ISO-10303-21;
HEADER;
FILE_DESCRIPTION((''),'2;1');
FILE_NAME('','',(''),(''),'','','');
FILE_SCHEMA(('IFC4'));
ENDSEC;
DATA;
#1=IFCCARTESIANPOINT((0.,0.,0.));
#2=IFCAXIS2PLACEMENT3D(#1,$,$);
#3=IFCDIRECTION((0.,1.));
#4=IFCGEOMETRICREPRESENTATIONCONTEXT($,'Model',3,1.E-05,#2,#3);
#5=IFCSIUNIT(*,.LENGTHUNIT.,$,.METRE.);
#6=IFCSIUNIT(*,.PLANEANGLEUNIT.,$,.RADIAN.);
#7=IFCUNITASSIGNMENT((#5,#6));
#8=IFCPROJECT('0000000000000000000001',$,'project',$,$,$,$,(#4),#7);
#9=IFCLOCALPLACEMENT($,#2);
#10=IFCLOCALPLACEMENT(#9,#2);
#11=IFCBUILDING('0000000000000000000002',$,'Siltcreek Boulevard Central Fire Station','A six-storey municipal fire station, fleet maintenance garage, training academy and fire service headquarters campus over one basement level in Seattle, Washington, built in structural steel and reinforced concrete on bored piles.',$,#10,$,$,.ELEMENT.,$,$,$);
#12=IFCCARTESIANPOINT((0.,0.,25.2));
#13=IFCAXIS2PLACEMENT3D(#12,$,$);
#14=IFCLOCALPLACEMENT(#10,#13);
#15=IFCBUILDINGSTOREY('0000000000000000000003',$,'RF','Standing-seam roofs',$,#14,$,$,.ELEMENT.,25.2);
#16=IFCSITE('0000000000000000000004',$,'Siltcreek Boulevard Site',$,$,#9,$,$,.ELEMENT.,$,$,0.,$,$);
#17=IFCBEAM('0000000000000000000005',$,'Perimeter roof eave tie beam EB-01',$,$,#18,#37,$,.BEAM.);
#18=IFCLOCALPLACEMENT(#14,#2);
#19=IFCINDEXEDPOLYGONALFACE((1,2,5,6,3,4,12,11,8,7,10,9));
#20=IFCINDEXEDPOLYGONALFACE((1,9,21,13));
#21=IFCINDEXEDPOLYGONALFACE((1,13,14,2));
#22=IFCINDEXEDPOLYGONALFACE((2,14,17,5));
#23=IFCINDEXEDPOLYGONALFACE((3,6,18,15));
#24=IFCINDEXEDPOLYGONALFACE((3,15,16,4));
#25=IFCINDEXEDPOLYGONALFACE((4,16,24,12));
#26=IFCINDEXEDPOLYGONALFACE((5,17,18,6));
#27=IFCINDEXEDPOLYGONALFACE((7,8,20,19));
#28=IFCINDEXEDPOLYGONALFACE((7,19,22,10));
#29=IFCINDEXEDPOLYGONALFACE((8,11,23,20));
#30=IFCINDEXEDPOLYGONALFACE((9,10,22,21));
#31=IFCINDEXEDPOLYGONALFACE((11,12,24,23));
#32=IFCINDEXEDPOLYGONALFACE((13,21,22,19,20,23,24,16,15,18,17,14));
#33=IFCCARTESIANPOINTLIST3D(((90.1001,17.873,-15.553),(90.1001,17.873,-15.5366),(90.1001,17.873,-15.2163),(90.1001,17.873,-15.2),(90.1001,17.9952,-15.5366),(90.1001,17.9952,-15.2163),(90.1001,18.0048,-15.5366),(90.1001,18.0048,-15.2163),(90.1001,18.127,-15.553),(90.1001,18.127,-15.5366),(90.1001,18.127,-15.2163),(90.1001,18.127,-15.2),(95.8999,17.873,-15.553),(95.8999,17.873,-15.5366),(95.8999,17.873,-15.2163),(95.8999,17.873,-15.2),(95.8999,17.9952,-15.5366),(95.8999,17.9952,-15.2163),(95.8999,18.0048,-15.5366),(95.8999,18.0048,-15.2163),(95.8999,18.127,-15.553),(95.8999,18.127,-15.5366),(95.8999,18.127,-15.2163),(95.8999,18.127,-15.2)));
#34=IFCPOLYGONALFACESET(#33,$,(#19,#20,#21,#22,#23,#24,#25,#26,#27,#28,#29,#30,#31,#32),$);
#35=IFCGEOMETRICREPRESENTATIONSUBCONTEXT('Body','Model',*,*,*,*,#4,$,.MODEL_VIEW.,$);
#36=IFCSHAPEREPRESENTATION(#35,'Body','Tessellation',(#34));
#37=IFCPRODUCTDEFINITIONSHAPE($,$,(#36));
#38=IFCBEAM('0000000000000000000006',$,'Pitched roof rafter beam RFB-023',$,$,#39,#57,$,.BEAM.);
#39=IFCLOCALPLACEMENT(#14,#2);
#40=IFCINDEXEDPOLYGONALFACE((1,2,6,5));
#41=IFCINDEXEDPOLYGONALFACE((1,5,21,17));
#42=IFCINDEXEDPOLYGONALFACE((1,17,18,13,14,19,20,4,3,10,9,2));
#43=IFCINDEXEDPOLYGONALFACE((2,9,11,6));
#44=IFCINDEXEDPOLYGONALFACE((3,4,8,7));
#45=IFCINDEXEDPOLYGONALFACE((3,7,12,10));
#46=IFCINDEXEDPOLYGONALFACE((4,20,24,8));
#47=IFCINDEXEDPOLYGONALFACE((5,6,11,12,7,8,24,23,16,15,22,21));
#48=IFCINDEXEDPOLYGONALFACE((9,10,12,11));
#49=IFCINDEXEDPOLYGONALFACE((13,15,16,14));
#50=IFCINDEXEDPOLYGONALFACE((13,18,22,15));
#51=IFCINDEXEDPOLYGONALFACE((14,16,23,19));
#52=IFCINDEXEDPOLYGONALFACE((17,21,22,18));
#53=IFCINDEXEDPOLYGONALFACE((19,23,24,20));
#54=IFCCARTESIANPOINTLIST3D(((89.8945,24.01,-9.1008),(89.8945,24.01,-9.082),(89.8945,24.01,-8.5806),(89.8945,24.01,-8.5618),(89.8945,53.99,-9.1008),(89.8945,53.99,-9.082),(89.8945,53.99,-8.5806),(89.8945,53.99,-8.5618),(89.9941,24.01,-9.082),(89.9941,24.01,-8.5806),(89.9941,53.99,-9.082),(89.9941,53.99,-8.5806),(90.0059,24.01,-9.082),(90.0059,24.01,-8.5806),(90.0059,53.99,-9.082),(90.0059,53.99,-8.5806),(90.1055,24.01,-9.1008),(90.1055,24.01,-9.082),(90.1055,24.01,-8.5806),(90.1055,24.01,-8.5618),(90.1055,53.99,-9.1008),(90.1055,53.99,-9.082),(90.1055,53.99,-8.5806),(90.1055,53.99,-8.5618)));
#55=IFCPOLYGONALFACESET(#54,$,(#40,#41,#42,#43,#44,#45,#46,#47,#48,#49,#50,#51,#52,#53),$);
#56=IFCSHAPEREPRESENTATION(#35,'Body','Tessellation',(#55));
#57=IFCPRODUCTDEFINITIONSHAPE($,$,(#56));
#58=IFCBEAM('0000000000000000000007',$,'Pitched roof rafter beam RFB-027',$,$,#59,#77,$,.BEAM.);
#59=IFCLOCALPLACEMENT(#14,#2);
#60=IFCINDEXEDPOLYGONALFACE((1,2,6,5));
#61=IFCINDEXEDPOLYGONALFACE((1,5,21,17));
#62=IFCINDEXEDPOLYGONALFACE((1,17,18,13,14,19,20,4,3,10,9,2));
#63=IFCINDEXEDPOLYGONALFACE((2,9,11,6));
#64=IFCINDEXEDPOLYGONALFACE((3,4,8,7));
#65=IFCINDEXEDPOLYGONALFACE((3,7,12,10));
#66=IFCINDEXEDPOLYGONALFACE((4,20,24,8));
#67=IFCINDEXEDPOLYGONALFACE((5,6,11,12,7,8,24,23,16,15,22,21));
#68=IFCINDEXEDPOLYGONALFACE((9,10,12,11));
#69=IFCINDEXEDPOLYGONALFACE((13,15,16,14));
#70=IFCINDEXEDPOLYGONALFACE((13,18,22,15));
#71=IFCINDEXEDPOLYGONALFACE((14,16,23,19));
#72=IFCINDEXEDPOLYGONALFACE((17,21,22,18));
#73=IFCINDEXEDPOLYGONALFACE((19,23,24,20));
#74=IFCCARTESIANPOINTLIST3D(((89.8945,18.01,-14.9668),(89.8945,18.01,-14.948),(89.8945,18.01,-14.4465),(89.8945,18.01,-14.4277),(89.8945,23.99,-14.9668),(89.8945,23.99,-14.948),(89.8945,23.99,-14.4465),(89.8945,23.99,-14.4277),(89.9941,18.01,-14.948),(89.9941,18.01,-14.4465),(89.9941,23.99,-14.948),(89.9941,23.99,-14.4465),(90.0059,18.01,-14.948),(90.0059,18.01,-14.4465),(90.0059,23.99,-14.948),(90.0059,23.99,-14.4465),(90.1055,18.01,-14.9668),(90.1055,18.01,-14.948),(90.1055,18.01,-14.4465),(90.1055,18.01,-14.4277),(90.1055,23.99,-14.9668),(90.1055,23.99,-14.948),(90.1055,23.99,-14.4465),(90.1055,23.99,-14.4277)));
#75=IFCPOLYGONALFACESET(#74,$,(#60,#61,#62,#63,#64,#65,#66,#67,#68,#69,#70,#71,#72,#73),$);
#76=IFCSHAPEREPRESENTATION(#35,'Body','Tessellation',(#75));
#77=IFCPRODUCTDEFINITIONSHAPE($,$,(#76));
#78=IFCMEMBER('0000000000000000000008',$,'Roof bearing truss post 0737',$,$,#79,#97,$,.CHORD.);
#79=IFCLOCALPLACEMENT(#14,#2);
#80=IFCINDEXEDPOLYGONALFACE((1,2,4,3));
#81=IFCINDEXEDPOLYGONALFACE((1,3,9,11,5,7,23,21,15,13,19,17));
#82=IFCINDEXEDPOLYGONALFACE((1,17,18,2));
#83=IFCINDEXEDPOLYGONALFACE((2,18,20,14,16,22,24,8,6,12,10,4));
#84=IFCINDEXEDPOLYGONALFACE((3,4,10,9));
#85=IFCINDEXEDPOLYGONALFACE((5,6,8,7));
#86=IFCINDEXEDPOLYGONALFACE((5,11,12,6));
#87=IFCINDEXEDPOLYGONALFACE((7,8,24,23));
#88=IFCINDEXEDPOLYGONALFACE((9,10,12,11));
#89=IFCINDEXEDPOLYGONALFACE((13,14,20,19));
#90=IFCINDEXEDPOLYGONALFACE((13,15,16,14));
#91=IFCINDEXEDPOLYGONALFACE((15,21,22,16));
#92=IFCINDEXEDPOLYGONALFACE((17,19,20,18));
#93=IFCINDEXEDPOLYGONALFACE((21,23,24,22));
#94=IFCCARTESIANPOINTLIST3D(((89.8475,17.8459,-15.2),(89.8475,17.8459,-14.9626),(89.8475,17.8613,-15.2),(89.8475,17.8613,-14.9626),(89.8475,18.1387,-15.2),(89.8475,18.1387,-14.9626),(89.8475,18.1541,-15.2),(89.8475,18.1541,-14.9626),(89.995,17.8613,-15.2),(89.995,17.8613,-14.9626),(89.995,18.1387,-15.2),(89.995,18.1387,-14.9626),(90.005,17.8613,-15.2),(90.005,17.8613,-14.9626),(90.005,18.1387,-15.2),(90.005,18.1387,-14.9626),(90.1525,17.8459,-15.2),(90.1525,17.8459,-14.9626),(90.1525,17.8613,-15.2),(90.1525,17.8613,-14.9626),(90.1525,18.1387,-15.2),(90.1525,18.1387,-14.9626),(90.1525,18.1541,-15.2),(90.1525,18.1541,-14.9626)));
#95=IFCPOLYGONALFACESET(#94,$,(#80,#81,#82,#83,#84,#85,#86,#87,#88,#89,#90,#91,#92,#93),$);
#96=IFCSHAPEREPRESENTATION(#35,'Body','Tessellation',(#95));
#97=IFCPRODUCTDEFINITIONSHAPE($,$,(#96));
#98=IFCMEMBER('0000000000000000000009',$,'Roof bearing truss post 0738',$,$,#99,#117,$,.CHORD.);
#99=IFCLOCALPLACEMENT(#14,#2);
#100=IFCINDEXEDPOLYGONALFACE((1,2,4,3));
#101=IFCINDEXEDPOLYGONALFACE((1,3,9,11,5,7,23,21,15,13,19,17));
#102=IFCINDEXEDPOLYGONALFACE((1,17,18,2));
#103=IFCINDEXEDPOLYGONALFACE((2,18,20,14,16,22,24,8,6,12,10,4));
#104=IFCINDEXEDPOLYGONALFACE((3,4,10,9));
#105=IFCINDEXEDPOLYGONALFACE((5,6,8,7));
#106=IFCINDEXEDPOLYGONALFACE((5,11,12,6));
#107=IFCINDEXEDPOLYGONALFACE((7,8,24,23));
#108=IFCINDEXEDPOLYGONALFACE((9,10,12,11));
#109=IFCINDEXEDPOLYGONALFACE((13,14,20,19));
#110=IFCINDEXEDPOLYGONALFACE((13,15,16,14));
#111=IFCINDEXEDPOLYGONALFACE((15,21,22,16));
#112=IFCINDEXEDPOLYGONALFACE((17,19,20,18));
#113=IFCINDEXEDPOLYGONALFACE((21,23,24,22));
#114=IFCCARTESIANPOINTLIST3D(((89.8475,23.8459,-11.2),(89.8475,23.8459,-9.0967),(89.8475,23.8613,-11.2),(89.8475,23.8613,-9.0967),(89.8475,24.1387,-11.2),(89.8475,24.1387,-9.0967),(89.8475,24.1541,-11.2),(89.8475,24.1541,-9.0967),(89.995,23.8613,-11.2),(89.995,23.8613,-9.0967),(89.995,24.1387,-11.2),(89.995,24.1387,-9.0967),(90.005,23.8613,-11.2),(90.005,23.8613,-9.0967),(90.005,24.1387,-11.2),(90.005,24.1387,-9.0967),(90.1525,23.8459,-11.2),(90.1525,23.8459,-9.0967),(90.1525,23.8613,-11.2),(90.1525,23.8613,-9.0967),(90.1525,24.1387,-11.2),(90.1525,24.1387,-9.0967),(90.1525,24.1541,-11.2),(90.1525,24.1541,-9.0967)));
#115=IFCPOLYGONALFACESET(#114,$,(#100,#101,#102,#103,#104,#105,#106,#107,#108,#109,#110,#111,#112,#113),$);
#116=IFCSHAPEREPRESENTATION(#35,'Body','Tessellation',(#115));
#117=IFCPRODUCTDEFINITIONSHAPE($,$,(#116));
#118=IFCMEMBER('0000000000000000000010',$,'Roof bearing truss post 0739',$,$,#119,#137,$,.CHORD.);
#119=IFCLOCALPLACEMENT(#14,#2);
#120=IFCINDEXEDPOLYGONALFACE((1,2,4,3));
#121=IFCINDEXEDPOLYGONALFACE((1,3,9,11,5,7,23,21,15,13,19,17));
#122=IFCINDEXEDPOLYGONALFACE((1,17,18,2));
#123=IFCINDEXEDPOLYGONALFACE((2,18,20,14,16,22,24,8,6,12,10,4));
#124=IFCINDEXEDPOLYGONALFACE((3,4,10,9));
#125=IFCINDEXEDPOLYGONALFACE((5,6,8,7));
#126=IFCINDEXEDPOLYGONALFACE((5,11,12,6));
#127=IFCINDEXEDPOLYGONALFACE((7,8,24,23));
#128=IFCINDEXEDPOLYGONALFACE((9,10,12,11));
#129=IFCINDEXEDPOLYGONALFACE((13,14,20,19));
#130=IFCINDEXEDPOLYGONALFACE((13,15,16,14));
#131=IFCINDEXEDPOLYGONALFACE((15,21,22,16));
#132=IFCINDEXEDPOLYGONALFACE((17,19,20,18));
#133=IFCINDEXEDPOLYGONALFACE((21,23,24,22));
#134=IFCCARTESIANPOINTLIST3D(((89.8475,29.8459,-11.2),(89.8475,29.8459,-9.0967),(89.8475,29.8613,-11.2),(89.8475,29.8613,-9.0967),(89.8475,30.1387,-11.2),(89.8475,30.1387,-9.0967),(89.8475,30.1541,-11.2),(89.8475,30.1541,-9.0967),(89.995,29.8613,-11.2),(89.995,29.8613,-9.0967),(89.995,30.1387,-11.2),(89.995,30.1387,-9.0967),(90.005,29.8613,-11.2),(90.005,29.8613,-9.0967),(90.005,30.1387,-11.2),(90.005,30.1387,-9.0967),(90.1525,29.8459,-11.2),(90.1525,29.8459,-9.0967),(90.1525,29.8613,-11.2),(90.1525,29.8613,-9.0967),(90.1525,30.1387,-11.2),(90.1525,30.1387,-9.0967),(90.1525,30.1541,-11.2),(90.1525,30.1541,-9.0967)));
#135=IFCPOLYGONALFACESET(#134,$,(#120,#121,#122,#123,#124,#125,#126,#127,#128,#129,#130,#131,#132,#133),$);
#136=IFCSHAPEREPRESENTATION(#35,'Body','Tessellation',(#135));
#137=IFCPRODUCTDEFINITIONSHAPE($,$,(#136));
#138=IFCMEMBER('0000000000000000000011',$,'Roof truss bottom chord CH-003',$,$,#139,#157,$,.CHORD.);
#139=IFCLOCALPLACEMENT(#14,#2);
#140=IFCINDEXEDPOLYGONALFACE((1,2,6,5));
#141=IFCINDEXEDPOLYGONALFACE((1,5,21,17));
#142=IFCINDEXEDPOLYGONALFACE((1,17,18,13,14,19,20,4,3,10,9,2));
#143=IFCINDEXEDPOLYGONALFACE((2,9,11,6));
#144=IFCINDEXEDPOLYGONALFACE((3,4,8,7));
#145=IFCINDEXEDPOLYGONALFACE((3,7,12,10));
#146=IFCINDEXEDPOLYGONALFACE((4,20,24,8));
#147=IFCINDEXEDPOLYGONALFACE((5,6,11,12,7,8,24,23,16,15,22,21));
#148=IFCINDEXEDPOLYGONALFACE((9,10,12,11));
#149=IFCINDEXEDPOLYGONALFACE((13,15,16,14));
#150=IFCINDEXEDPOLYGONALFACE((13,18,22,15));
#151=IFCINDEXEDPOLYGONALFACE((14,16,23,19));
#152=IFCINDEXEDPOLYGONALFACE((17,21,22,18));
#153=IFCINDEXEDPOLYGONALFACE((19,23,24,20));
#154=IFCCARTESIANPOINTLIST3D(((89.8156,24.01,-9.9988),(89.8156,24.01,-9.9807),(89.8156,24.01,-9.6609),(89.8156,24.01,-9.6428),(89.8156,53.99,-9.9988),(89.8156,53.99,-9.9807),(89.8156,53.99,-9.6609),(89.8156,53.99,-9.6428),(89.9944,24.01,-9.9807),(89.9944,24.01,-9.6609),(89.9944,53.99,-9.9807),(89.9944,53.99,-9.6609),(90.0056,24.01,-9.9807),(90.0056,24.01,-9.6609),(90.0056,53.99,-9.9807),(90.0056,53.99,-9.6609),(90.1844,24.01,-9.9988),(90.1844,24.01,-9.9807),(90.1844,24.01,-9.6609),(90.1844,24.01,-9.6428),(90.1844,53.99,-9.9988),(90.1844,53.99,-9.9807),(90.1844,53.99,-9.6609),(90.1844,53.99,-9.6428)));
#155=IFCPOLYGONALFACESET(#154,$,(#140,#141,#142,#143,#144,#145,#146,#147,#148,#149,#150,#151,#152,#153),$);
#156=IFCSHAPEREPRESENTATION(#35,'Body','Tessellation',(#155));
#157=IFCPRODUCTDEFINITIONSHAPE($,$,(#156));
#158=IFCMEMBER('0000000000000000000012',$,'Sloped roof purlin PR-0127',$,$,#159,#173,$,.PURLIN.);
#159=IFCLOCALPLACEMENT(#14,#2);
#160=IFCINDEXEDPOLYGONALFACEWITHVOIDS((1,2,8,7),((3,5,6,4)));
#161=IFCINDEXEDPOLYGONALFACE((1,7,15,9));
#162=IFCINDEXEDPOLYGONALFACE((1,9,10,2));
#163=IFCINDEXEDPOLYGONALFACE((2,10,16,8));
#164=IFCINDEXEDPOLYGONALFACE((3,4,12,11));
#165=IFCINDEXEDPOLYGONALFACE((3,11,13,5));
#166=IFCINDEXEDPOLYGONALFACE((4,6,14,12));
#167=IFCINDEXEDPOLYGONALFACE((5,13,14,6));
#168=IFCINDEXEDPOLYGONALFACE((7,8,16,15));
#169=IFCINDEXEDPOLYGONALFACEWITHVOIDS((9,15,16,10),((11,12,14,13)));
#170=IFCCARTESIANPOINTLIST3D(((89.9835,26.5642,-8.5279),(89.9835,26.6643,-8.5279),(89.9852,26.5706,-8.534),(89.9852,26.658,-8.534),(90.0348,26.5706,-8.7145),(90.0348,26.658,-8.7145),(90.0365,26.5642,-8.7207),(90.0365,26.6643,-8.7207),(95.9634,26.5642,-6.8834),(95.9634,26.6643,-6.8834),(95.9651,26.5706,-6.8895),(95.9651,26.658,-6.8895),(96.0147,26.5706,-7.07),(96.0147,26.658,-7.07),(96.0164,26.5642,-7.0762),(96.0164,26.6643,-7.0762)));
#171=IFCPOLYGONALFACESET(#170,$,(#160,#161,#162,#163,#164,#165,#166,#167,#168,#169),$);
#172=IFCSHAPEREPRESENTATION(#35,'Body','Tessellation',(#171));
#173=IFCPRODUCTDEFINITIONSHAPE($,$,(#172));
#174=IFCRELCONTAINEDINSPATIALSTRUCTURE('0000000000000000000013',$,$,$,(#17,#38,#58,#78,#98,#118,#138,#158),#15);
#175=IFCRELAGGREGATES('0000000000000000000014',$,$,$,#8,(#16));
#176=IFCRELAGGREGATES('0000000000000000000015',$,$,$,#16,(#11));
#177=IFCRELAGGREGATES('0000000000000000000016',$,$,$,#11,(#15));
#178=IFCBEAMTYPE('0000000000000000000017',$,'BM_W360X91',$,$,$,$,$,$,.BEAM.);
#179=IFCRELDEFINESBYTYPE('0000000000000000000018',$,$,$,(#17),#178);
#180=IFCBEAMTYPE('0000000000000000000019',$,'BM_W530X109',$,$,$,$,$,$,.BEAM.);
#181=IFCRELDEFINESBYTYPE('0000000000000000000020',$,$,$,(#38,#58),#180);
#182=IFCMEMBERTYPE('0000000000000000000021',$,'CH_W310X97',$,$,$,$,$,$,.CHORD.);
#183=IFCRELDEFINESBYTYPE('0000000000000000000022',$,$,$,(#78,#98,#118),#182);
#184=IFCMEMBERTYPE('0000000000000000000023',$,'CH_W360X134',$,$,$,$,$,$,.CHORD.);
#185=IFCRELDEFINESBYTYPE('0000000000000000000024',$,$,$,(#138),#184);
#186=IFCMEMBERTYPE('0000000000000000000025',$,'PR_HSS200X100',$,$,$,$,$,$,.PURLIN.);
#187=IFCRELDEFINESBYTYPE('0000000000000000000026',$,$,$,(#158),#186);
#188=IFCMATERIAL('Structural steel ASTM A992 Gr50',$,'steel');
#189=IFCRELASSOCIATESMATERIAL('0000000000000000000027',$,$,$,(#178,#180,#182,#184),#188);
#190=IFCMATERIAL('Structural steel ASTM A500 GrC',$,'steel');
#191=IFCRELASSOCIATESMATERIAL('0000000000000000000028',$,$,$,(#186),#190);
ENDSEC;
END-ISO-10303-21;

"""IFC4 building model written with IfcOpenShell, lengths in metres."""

from ifc_helpers import new_model, si_unit, direction, frame, origin, origin_2d, place, context, subcontext, project, spatial, hollow_rectangle, i_section, extrude, material, material_profile, profile_set, type_object, element, save


model = new_model("IFC4")

# Units and contexts
model_context = context("Model", 3, precision=1e-05, world=origin(), true_north=direction((0.0, 1.0)))
body_context = subcontext(model_context, "Body", "Model", "MODEL_VIEW")
ifc_project = project(units=[si_unit("LENGTHUNIT", "METRE"), si_unit("PLANEANGLEUNIT", "RADIAN")], contexts=[model_context])

# Site, building, storey
site_placement = place(None, origin())
site = spatial("IfcSite", under=ifc_project, at=site_placement, Name="Siltcreek Boulevard Site", CompositionType="ELEMENT", RefElevation=0.0)
building_placement = place(site_placement, origin())
building = spatial("IfcBuilding", under=site, at=building_placement, Name="Siltcreek Boulevard Central Fire Station", Description="A six-storey municipal fire station, fleet maintenance garage, training academy and fire service headquarters campus over one basement level in Seattle, Washington, built in structural steel and reinforced concrete on bored piles.", CompositionType="ELEMENT")
storey_placement = place(building_placement, frame((0.0, 0.0, 25.2)))
storey = spatial("IfcBuildingStorey", under=building, at=storey_placement, Name="RF", Description="Standing-seam roofs", CompositionType="ELEMENT", Elevation=25.2)

# Beams
ifc_material_1 = material(Name="Structural steel ASTM A992 Gr50", Category="steel")
ifc_material_profile_1 = material_profile(ifc_material_1, i_section(OverallWidth=0.2539, OverallDepth=0.353, WebThickness=0.0095, FlangeThickness=0.0164, at=origin_2d()), Name="W360X91")
ifc_profile_set_1 = profile_set([ifc_material_profile_1], Name="Structural steel ASTM A992 Gr50")
beam_type_1 = type_object("IfcBeamType", Name="BM_W360X91", PredefinedType="BEAM", material=ifc_profile_set_1)
beam_1_placement = place(storey_placement, frame((90.1001, 18.0, -15.3765), z_axis=(1.0, 0.0, 0.0), x_axis=(0.0, 1.0, 0.0)))
element("IfcBeam", 1, at=beam_1_placement, inside=storey, type_object=beam_type_1, Name="Perimeter roof eave tie beam EB-01", PredefinedType="BEAM", context=body_context, shape_type="SweptSolid", body=[
    extrude(i_section(OverallWidth=0.2539, OverallDepth=0.353, WebThickness=0.0095, FlangeThickness=0.0164, at=origin_2d()), origin(), (0.0, 0.0, 1.0), 5.7998),
])
ifc_material_profile_2 = material_profile(ifc_material_1, i_section(OverallWidth=0.2109, OverallDepth=0.5391, WebThickness=0.0117, FlangeThickness=0.0188, at=origin_2d()), Name="W530X109")
ifc_profile_set_2 = profile_set([ifc_material_profile_2], Name="Structural steel ASTM A992 Gr50")
beam_type_2 = type_object("IfcBeamType", Name="BM_W530X109", PredefinedType="BEAM", material=ifc_profile_set_2)
beam_2_placement = place(storey_placement, frame((90.0, 24.01, -8.8313), z_axis=(0.0, 1.0, 0.0), x_axis=(-1.0, 0.0, 0.0)))
element("IfcBeam", 2, at=beam_2_placement, inside=storey, type_object=beam_type_2, Name="Pitched roof rafter beam RFB-023", PredefinedType="BEAM", context=body_context, shape_type="SweptSolid", body=[
    extrude(i_section(OverallWidth=0.2109, OverallDepth=0.5391, WebThickness=0.0117, FlangeThickness=0.0188, at=origin_2d()), origin(), (0.0, 0.0, 1.0), 29.98),
])
beam_3_placement = place(storey_placement, frame((90.0, 18.01, -14.6973), z_axis=(0.0, 1.0, 0.0), x_axis=(-1.0, 0.0, 0.0)))
element("IfcBeam", 3, at=beam_3_placement, inside=storey, type_object=beam_type_2, Name="Pitched roof rafter beam RFB-027", PredefinedType="BEAM", context=body_context, shape_type="SweptSolid", body=[
    extrude(i_section(OverallWidth=0.2109, OverallDepth=0.5391, WebThickness=0.0117, FlangeThickness=0.0188, at=origin_2d()), origin(), (0.0, 0.0, 1.0), 5.98),
])

# Members
ifc_material_profile_3 = material_profile(ifc_material_1, i_section(OverallWidth=0.3049, OverallDepth=0.3081, WebThickness=0.01, FlangeThickness=0.0154, at=origin_2d()), Name="W310X97")
ifc_profile_set_3 = profile_set([ifc_material_profile_3], Name="Structural steel ASTM A992 Gr50")
member_type_1 = type_object("IfcMemberType", Name="CH_W310X97", PredefinedType="CHORD", material=ifc_profile_set_3)
member_1_placement = place(storey_placement, frame((90.0, 18.0, -15.2), z_axis=(0.0, 0.0, 1.0), x_axis=(1.0, 0.0, 0.0)))
element("IfcMember", 4, at=member_1_placement, inside=storey, type_object=member_type_1, Name="Roof bearing truss post 0737", PredefinedType="CHORD", context=body_context, shape_type="SweptSolid", body=[
    extrude(i_section(OverallWidth=0.3049, OverallDepth=0.3081, WebThickness=0.01, FlangeThickness=0.0154, at=origin_2d()), origin(), (0.0, 0.0, 1.0), 0.2373),
])
for number, where, z_axis, x_axis, name in (
    (5, (90.0, 24.0, -11.2), (0.0, 0.0, 1.0), (1.0, 0.0, 0.0), "Roof bearing truss post 0738"),
    (6, (90.0, 30.0, -11.2), (0.0, 0.0, 1.0), (1.0, 0.0, 0.0), "Roof bearing truss post 0739"),
):
    element("IfcMember", number, at=place(storey_placement, frame(where, z_axis=z_axis, x_axis=x_axis)), inside=storey, type_object=member_type_1, Name=name, PredefinedType="CHORD", context=body_context, shape_type="SweptSolid", body=[
        extrude(i_section(OverallWidth=0.3049, OverallDepth=0.3081, WebThickness=0.01, FlangeThickness=0.0154, at=origin_2d()), origin(), (0.0, 0.0, 1.0), 2.1033),
    ])
ifc_material_profile_4 = material_profile(ifc_material_1, i_section(OverallWidth=0.3689, OverallDepth=0.356, WebThickness=0.0112, FlangeThickness=0.0181, at=origin_2d()), Name="W360X134")
ifc_profile_set_4 = profile_set([ifc_material_profile_4], Name="Structural steel ASTM A992 Gr50")
member_type_2 = type_object("IfcMemberType", Name="CH_W360X134", PredefinedType="CHORD", material=ifc_profile_set_4)
member_2_placement = place(storey_placement, frame((90.0, 24.01, -9.8208), z_axis=(0.0, 1.0, 0.0), x_axis=(-1.0, 0.0, 0.0)))
element("IfcMember", 7, at=member_2_placement, inside=storey, type_object=member_type_2, Name="Roof truss bottom chord CH-003", PredefinedType="CHORD", context=body_context, shape_type="SweptSolid", body=[
    extrude(i_section(OverallWidth=0.3689, OverallDepth=0.356, WebThickness=0.0112, FlangeThickness=0.0181, at=origin_2d()), origin(), (0.0, 0.0, 1.0), 29.98),
])
ifc_material_2 = material(Name="Structural steel ASTM A500 GrC", Category="steel")
ifc_material_profile_5 = material_profile(ifc_material_2, hollow_rectangle(XDim=0.1001, YDim=0.2, WallThickness=0.0063, at=origin_2d()), Name="HSS200X100X6.4")
ifc_profile_set_5 = profile_set([ifc_material_profile_5], Name="Structural steel ASTM A500 GrC")
member_type_3 = type_object("IfcMemberType", Name="PR_HSS200X100", PredefinedType="PURLIN", material=ifc_profile_set_5)
member_3_placement = place(storey_placement, frame((90.01, 26.6143, -8.6243), z_axis=(0.964204, 0.0, 0.265162), x_axis=(0.0, 1.0, 0.0)))
element("IfcMember", 8, at=member_3_placement, inside=storey, type_object=member_type_3, Name="Sloped roof purlin PR-0127", PredefinedType="PURLIN", context=body_context, shape_type="SweptSolid", body=[
    extrude(hollow_rectangle(XDim=0.1001, YDim=0.2, WallThickness=0.0063, at=origin_2d()), origin(), (0.0, 0.0, 1.0), 6.2019),
])

save(model, "model.ifc")
